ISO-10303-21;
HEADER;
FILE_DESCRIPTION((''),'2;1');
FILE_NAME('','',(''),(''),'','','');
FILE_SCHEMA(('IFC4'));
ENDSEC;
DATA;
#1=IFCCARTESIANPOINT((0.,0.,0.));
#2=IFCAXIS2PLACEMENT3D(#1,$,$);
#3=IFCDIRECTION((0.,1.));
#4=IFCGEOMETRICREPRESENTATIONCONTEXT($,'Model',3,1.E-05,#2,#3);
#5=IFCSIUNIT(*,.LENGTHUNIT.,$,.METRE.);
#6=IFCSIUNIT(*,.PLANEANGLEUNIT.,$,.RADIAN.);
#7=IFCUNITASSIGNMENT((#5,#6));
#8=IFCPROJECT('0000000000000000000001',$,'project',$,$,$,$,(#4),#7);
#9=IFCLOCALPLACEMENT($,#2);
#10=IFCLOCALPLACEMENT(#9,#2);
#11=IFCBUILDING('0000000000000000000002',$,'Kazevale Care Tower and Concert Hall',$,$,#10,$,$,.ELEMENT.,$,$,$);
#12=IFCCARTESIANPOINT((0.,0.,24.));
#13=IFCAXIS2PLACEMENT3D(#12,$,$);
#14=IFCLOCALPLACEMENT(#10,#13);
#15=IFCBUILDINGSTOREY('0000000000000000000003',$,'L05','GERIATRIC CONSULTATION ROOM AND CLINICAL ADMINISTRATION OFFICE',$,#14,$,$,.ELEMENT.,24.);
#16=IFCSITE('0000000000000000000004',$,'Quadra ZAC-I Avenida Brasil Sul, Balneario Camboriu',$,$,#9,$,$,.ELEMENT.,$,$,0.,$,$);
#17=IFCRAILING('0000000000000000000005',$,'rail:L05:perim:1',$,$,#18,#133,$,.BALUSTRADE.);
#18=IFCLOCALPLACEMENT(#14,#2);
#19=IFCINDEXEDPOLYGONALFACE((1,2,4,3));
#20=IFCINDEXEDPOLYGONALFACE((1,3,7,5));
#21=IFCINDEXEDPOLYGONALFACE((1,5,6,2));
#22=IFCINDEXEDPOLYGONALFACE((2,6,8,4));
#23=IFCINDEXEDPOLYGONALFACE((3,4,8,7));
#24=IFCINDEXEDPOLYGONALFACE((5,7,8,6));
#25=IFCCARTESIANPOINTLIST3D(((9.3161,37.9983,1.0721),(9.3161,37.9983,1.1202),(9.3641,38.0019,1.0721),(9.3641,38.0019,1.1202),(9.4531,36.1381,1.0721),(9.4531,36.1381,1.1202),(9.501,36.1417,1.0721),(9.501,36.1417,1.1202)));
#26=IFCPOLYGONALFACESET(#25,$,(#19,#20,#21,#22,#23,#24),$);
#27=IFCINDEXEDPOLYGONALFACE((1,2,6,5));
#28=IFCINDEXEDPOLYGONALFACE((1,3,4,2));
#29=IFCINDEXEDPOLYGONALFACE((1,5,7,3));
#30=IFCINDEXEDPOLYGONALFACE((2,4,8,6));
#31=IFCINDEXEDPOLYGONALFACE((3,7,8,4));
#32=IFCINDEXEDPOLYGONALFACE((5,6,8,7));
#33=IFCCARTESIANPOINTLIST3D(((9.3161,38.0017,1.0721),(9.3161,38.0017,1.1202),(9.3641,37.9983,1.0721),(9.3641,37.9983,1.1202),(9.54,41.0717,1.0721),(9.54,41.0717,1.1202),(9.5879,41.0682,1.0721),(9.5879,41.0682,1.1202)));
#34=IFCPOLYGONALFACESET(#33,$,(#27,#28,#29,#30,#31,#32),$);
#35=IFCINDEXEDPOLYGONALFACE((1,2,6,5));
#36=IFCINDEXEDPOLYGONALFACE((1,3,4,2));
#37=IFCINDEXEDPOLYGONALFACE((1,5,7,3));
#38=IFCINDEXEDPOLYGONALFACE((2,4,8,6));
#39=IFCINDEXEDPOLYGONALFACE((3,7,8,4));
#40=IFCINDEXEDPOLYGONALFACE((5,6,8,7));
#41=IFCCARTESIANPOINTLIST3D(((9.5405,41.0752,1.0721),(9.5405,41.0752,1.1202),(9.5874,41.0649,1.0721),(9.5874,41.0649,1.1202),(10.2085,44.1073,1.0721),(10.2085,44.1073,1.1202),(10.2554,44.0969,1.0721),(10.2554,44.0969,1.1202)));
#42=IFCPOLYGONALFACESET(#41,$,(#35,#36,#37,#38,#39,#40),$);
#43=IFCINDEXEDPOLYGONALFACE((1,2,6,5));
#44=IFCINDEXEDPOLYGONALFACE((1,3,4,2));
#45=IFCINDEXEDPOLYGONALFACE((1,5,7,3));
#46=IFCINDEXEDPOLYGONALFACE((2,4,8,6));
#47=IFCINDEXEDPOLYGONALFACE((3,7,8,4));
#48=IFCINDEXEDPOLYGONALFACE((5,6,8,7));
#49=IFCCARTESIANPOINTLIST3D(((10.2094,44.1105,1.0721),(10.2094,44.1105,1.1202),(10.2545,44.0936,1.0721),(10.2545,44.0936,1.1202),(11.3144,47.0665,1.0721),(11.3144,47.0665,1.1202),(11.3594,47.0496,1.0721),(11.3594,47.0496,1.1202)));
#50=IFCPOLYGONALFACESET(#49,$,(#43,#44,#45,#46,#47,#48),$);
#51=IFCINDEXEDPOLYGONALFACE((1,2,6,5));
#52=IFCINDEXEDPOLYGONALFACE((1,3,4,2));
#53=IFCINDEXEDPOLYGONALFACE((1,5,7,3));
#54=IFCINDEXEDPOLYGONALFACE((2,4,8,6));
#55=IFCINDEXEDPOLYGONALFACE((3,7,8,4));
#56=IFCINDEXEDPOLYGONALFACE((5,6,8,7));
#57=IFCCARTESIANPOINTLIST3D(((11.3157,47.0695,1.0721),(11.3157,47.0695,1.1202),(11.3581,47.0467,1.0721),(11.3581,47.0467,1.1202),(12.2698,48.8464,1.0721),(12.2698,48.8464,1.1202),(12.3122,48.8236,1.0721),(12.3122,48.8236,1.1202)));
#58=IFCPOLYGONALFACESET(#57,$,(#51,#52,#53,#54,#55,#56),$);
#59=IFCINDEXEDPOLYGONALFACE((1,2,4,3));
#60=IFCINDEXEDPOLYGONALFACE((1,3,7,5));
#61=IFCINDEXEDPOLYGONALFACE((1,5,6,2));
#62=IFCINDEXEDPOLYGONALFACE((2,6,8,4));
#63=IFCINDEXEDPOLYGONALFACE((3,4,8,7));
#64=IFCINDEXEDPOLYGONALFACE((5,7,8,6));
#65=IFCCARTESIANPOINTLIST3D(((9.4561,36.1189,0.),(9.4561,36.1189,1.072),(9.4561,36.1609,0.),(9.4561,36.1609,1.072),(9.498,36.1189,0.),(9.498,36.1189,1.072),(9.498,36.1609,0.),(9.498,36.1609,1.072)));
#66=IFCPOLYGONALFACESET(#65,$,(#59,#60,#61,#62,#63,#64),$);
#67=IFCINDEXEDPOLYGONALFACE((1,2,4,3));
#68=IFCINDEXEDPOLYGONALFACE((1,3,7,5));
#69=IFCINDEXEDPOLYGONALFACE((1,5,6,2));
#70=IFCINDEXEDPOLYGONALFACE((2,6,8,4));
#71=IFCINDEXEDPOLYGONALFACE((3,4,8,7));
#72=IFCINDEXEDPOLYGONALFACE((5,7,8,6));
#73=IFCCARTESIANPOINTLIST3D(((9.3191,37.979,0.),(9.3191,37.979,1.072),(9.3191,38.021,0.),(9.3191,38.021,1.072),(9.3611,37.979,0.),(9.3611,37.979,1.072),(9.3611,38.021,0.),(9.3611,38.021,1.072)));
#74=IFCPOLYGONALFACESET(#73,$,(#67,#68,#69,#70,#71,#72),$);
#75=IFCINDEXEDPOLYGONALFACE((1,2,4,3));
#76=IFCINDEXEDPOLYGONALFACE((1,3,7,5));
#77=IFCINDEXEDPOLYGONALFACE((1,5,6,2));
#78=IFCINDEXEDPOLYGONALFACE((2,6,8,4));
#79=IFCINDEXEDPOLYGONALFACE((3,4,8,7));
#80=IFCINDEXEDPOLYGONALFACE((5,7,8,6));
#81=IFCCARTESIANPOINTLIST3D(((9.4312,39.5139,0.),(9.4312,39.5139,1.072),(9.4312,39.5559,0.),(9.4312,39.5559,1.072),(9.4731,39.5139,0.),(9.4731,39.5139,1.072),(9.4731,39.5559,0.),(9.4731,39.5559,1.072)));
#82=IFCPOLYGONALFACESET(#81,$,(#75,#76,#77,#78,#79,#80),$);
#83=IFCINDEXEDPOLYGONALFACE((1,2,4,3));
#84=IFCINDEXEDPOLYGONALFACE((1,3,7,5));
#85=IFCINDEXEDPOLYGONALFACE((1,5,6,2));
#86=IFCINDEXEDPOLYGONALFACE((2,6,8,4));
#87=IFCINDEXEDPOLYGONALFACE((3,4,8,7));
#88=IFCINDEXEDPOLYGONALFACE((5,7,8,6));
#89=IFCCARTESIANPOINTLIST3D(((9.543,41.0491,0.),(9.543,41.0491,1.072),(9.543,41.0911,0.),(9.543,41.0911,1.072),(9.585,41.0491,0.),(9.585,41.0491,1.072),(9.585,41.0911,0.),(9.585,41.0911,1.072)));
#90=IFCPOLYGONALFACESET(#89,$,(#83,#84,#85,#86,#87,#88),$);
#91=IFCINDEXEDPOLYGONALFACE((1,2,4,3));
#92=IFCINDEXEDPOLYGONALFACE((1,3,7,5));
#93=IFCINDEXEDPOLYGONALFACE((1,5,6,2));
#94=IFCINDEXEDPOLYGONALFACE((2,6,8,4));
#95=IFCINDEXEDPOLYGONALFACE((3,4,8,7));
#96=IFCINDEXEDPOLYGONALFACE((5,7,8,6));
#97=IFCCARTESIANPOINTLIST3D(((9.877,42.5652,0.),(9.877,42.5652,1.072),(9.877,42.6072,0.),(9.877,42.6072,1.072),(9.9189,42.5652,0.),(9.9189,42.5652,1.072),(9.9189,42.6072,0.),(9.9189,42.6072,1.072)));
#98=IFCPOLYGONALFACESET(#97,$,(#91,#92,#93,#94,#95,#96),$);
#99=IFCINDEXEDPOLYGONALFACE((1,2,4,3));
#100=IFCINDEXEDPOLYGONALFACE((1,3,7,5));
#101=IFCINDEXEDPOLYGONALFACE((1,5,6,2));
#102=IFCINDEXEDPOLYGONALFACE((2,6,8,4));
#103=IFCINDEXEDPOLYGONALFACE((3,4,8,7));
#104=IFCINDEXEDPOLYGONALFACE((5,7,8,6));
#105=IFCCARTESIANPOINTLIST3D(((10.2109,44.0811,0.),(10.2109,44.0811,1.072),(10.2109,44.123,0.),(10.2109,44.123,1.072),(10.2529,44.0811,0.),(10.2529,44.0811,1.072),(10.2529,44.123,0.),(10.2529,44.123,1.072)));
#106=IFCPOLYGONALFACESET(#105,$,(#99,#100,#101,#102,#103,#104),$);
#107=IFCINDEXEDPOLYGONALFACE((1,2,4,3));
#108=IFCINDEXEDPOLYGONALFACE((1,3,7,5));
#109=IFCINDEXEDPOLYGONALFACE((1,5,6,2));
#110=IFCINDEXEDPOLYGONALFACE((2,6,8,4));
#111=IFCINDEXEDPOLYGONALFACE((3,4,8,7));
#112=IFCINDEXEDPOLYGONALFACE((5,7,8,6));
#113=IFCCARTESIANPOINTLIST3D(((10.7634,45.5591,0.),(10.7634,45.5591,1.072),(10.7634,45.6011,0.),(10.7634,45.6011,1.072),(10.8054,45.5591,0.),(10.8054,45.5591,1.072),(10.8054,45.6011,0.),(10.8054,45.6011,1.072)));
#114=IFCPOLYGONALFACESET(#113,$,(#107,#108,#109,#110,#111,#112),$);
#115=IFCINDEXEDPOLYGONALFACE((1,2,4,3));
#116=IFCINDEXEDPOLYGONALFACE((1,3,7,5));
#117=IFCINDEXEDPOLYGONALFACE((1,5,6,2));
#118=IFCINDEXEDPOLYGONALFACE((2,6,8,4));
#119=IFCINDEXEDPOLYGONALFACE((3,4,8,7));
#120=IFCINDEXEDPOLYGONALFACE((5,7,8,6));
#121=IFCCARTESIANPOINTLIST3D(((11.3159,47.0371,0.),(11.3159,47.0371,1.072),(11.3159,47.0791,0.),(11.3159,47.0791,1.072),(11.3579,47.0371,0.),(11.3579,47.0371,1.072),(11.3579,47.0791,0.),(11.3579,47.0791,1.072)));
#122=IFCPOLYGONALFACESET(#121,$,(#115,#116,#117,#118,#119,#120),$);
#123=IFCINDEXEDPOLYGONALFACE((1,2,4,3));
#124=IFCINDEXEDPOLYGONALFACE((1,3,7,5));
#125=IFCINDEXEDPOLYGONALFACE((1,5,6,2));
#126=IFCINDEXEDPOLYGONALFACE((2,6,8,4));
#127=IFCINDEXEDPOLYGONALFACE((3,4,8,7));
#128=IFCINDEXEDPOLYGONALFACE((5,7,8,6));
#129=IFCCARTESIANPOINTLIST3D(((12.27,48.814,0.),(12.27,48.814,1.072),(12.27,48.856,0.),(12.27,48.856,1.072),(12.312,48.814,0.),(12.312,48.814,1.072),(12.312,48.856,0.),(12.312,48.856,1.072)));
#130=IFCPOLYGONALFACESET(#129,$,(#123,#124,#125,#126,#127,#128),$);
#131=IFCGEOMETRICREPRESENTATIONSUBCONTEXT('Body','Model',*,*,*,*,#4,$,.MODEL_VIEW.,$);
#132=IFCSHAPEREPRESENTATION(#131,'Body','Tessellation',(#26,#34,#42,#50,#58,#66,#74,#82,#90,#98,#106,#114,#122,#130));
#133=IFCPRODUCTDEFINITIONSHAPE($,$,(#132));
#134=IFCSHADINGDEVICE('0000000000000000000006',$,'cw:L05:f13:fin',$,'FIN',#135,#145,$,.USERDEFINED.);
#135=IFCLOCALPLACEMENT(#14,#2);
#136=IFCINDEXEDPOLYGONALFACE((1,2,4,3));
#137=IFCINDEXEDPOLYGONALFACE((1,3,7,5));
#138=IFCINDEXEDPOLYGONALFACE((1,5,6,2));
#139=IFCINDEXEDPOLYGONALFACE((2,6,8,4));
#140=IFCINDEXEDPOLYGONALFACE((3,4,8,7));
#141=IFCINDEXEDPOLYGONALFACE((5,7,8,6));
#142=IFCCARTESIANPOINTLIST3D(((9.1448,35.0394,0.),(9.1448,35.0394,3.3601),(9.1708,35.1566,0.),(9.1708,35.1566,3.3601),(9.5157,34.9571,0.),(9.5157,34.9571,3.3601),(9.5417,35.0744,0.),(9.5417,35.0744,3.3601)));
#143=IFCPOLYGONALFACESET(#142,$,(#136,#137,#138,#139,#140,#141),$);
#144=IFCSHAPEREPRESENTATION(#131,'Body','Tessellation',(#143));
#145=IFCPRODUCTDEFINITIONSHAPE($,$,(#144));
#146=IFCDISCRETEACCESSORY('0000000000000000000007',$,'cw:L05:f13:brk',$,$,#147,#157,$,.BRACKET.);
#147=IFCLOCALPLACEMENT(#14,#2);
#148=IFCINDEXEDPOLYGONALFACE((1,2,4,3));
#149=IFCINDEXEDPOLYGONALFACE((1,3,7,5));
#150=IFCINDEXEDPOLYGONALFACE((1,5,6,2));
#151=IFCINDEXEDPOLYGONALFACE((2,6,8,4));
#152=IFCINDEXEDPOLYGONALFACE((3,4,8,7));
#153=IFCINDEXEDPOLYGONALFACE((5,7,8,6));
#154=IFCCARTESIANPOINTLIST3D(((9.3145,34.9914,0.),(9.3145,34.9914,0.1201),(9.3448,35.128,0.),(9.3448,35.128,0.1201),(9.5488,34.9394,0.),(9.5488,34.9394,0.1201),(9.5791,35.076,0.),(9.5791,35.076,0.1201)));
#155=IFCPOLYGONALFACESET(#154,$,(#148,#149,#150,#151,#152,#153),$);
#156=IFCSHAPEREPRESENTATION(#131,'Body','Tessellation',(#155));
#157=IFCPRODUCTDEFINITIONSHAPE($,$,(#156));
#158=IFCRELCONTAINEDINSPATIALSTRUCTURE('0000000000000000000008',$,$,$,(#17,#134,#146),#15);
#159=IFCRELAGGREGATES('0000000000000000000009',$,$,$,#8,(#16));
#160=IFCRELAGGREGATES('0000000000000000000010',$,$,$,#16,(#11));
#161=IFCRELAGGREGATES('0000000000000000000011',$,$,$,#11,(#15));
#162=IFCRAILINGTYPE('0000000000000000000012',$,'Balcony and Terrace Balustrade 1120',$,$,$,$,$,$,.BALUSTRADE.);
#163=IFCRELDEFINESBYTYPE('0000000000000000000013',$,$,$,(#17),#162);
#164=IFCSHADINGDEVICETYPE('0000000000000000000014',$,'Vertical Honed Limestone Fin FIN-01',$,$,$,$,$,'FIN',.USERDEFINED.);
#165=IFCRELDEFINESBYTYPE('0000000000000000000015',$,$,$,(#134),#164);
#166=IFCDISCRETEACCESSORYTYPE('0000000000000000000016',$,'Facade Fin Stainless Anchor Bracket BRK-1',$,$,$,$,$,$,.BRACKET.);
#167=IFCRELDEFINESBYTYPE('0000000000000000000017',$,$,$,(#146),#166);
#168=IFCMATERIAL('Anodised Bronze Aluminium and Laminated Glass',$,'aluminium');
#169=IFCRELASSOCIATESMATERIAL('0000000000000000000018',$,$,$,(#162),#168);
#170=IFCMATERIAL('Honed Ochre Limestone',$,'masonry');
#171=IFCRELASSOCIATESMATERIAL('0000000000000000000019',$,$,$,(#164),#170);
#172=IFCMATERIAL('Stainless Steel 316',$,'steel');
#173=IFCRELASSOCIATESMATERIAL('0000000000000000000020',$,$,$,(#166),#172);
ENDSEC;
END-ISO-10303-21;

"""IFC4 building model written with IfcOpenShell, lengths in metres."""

from ifc_helpers import new_model, si_unit, direction, frame, origin, origin_2d, place, context, subcontext, project, spatial, rectangle, extrude, material, type_object, element, save


model = new_model("IFC4")

# Units and contexts
model_context = context("Model", 3, precision=1e-05, world=origin(), true_north=direction((0.0, 1.0)))
body_context = subcontext(model_context, "Body", "Model", "MODEL_VIEW")
ifc_project = project(units=[si_unit("LENGTHUNIT", "METRE"), si_unit("PLANEANGLEUNIT", "RADIAN")], contexts=[model_context])

# Site, building, storey
site_placement = place(None, origin())
site = spatial("IfcSite", under=ifc_project, at=site_placement, Name="Quadra ZAC-I Avenida Brasil Sul, Balneario Camboriu", CompositionType="ELEMENT", RefElevation=0.0)
building_placement = place(site_placement, origin())
building = spatial("IfcBuilding", under=site, at=building_placement, Name="Kazevale Care Tower and Concert Hall", CompositionType="ELEMENT")
storey_placement = place(building_placement, frame((0.0, 0.0, 24.0)))
storey = spatial("IfcBuildingStorey", under=building, at=storey_placement, Name="L05", Description="GERIATRIC CONSULTATION ROOM AND CLINICAL ADMINISTRATION OFFICE", CompositionType="ELEMENT", Elevation=24.0)

# Railing
ifc_material_1 = material(Name="Anodised Bronze Aluminium and Laminated Glass", Category="aluminium")
railing_type = type_object("IfcRailingType", Name="Balcony and Terrace Balustrade 1120", PredefinedType="BALUSTRADE", material=ifc_material_1)
railing_placement = place(storey_placement, frame((9.4771, 36.1399, 0.0)))
element("IfcRailing", 1, at=railing_placement, inside=storey, type_object=railing_type, Name="rail:L05:perim:1", PredefinedType="BALUSTRADE", context=body_context, shape_type="SweptSolid", body=[
    extrude(rectangle(XDim=0.0481, YDim=0.0481, at=origin_2d()), frame((0.0, 0.0, 1.0962), z_axis=(-0.073433, 0.9973, 0.0), x_axis=(-0.9973, -0.073433, 0.0)), (0.0, 0.0, 1.0), 1.8652),
    extrude(rectangle(XDim=0.0481, YDim=0.0481, at=origin_2d()), frame((-0.137, 1.8601, 1.0962), z_axis=(0.072729, 0.997352, 0.0), x_axis=(-0.997352, 0.072729, 0.0)), (0.0, 0.0, 1.0), 3.0781),
    extrude(rectangle(XDim=0.0481, YDim=0.0481, at=origin_2d()), frame((0.0869, 4.9302, 1.0962), z_axis=(0.215148, 0.976581, 0.0), x_axis=(-0.976581, 0.215148, 0.0)), (0.0, 0.0, 1.0), 3.1047),
    extrude(rectangle(XDim=0.0481, YDim=0.0481, at=origin_2d()), frame((0.7549, 7.9622, 1.0962), z_axis=(0.35014, 0.936697, 0.0), x_axis=(-0.936697, 0.35014, 0.0)), (0.0, 0.0, 1.0), 3.1558),
    extrude(rectangle(XDim=0.0481, YDim=0.0481, at=origin_2d()), frame((1.8599, 10.9182, 1.0962), z_axis=(0.473074, 0.881022, 0.0), x_axis=(-0.881022, 0.473074, 0.0)), (0.0, 0.0, 1.0), 2.0168),
    extrude(rectangle(XDim=0.042, YDim=0.042, at=origin_2d()), origin(), (0.0, 0.0, 1.0), 1.072),
    extrude(rectangle(XDim=0.042, YDim=0.042, at=origin_2d()), frame((-0.137, 1.8601, 0.0)), (0.0, 0.0, 1.0), 1.072),
    extrude(rectangle(XDim=0.042, YDim=0.042, at=origin_2d()), frame((-0.0249, 3.395, 0.0)), (0.0, 0.0, 1.0), 1.072),
    extrude(rectangle(XDim=0.042, YDim=0.042, at=origin_2d()), frame((0.0869, 4.9302, 0.0)), (0.0, 0.0, 1.0), 1.072),
    extrude(rectangle(XDim=0.042, YDim=0.042, at=origin_2d()), frame((0.4209, 6.4463, 0.0)), (0.0, 0.0, 1.0), 1.072),
    extrude(rectangle(XDim=0.042, YDim=0.042, at=origin_2d()), frame((0.7549, 7.9622, 0.0)), (0.0, 0.0, 1.0), 1.072),
    extrude(rectangle(XDim=0.042, YDim=0.042, at=origin_2d()), frame((1.3074, 9.4402, 0.0)), (0.0, 0.0, 1.0), 1.072),
    extrude(rectangle(XDim=0.042, YDim=0.042, at=origin_2d()), frame((1.8599, 10.9182, 0.0)), (0.0, 0.0, 1.0), 1.072),
    extrude(rectangle(XDim=0.042, YDim=0.042, at=origin_2d()), frame((2.814, 12.6951, 0.0)), (0.0, 0.0, 1.0), 1.072),
])

# Shading device
ifc_material_2 = material(Name="Honed Ochre Limestone", Category="masonry")
shading_device_type = type_object("IfcShadingDeviceType", Name="Vertical Honed Limestone Fin FIN-01", ElementType="FIN", PredefinedType="USERDEFINED", material=ifc_material_2)
shading_device_placement = place(storey_placement, frame((9.3433, 35.0569, 0.0), z_axis=(0.0, 0.0, 1.0), x_axis=(-0.976296, 0.21644, 0.0)))
element("IfcShadingDevice", 2, at=shading_device_placement, inside=storey, type_object=shading_device_type, Name="cw:L05:f13:fin", ObjectType="FIN", PredefinedType="USERDEFINED", context=body_context, shape_type="SweptSolid", body=[
    extrude(rectangle(XDim=0.3799, YDim=0.1201, at=origin_2d()), origin(), (0.0, 0.0, 1.0), 3.3601),
])

# Discrete accessory
ifc_material_3 = material(Name="Stainless Steel 316", Category="steel")
discrete_accessory_type = type_object("IfcDiscreteAccessoryType", Name="Facade Fin Stainless Anchor Bracket BRK-1", PredefinedType="BRACKET", material=ifc_material_3)
discrete_accessory_placement = place(storey_placement, frame((9.4468, 35.0337, 0.0), z_axis=(0.0, 0.0, 1.0), x_axis=(-0.976296, 0.21644, 0.0)))
element("IfcDiscreteAccessory", 3, at=discrete_accessory_placement, inside=storey, type_object=discrete_accessory_type, Name="cw:L05:f13:brk", PredefinedType="BRACKET", context=body_context, shape_type="SweptSolid", body=[
    extrude(rectangle(XDim=0.24, YDim=0.1399, at=origin_2d()), origin(), (0.0, 0.0, 1.0), 0.1201),
])

save(model, "model.ifc")
